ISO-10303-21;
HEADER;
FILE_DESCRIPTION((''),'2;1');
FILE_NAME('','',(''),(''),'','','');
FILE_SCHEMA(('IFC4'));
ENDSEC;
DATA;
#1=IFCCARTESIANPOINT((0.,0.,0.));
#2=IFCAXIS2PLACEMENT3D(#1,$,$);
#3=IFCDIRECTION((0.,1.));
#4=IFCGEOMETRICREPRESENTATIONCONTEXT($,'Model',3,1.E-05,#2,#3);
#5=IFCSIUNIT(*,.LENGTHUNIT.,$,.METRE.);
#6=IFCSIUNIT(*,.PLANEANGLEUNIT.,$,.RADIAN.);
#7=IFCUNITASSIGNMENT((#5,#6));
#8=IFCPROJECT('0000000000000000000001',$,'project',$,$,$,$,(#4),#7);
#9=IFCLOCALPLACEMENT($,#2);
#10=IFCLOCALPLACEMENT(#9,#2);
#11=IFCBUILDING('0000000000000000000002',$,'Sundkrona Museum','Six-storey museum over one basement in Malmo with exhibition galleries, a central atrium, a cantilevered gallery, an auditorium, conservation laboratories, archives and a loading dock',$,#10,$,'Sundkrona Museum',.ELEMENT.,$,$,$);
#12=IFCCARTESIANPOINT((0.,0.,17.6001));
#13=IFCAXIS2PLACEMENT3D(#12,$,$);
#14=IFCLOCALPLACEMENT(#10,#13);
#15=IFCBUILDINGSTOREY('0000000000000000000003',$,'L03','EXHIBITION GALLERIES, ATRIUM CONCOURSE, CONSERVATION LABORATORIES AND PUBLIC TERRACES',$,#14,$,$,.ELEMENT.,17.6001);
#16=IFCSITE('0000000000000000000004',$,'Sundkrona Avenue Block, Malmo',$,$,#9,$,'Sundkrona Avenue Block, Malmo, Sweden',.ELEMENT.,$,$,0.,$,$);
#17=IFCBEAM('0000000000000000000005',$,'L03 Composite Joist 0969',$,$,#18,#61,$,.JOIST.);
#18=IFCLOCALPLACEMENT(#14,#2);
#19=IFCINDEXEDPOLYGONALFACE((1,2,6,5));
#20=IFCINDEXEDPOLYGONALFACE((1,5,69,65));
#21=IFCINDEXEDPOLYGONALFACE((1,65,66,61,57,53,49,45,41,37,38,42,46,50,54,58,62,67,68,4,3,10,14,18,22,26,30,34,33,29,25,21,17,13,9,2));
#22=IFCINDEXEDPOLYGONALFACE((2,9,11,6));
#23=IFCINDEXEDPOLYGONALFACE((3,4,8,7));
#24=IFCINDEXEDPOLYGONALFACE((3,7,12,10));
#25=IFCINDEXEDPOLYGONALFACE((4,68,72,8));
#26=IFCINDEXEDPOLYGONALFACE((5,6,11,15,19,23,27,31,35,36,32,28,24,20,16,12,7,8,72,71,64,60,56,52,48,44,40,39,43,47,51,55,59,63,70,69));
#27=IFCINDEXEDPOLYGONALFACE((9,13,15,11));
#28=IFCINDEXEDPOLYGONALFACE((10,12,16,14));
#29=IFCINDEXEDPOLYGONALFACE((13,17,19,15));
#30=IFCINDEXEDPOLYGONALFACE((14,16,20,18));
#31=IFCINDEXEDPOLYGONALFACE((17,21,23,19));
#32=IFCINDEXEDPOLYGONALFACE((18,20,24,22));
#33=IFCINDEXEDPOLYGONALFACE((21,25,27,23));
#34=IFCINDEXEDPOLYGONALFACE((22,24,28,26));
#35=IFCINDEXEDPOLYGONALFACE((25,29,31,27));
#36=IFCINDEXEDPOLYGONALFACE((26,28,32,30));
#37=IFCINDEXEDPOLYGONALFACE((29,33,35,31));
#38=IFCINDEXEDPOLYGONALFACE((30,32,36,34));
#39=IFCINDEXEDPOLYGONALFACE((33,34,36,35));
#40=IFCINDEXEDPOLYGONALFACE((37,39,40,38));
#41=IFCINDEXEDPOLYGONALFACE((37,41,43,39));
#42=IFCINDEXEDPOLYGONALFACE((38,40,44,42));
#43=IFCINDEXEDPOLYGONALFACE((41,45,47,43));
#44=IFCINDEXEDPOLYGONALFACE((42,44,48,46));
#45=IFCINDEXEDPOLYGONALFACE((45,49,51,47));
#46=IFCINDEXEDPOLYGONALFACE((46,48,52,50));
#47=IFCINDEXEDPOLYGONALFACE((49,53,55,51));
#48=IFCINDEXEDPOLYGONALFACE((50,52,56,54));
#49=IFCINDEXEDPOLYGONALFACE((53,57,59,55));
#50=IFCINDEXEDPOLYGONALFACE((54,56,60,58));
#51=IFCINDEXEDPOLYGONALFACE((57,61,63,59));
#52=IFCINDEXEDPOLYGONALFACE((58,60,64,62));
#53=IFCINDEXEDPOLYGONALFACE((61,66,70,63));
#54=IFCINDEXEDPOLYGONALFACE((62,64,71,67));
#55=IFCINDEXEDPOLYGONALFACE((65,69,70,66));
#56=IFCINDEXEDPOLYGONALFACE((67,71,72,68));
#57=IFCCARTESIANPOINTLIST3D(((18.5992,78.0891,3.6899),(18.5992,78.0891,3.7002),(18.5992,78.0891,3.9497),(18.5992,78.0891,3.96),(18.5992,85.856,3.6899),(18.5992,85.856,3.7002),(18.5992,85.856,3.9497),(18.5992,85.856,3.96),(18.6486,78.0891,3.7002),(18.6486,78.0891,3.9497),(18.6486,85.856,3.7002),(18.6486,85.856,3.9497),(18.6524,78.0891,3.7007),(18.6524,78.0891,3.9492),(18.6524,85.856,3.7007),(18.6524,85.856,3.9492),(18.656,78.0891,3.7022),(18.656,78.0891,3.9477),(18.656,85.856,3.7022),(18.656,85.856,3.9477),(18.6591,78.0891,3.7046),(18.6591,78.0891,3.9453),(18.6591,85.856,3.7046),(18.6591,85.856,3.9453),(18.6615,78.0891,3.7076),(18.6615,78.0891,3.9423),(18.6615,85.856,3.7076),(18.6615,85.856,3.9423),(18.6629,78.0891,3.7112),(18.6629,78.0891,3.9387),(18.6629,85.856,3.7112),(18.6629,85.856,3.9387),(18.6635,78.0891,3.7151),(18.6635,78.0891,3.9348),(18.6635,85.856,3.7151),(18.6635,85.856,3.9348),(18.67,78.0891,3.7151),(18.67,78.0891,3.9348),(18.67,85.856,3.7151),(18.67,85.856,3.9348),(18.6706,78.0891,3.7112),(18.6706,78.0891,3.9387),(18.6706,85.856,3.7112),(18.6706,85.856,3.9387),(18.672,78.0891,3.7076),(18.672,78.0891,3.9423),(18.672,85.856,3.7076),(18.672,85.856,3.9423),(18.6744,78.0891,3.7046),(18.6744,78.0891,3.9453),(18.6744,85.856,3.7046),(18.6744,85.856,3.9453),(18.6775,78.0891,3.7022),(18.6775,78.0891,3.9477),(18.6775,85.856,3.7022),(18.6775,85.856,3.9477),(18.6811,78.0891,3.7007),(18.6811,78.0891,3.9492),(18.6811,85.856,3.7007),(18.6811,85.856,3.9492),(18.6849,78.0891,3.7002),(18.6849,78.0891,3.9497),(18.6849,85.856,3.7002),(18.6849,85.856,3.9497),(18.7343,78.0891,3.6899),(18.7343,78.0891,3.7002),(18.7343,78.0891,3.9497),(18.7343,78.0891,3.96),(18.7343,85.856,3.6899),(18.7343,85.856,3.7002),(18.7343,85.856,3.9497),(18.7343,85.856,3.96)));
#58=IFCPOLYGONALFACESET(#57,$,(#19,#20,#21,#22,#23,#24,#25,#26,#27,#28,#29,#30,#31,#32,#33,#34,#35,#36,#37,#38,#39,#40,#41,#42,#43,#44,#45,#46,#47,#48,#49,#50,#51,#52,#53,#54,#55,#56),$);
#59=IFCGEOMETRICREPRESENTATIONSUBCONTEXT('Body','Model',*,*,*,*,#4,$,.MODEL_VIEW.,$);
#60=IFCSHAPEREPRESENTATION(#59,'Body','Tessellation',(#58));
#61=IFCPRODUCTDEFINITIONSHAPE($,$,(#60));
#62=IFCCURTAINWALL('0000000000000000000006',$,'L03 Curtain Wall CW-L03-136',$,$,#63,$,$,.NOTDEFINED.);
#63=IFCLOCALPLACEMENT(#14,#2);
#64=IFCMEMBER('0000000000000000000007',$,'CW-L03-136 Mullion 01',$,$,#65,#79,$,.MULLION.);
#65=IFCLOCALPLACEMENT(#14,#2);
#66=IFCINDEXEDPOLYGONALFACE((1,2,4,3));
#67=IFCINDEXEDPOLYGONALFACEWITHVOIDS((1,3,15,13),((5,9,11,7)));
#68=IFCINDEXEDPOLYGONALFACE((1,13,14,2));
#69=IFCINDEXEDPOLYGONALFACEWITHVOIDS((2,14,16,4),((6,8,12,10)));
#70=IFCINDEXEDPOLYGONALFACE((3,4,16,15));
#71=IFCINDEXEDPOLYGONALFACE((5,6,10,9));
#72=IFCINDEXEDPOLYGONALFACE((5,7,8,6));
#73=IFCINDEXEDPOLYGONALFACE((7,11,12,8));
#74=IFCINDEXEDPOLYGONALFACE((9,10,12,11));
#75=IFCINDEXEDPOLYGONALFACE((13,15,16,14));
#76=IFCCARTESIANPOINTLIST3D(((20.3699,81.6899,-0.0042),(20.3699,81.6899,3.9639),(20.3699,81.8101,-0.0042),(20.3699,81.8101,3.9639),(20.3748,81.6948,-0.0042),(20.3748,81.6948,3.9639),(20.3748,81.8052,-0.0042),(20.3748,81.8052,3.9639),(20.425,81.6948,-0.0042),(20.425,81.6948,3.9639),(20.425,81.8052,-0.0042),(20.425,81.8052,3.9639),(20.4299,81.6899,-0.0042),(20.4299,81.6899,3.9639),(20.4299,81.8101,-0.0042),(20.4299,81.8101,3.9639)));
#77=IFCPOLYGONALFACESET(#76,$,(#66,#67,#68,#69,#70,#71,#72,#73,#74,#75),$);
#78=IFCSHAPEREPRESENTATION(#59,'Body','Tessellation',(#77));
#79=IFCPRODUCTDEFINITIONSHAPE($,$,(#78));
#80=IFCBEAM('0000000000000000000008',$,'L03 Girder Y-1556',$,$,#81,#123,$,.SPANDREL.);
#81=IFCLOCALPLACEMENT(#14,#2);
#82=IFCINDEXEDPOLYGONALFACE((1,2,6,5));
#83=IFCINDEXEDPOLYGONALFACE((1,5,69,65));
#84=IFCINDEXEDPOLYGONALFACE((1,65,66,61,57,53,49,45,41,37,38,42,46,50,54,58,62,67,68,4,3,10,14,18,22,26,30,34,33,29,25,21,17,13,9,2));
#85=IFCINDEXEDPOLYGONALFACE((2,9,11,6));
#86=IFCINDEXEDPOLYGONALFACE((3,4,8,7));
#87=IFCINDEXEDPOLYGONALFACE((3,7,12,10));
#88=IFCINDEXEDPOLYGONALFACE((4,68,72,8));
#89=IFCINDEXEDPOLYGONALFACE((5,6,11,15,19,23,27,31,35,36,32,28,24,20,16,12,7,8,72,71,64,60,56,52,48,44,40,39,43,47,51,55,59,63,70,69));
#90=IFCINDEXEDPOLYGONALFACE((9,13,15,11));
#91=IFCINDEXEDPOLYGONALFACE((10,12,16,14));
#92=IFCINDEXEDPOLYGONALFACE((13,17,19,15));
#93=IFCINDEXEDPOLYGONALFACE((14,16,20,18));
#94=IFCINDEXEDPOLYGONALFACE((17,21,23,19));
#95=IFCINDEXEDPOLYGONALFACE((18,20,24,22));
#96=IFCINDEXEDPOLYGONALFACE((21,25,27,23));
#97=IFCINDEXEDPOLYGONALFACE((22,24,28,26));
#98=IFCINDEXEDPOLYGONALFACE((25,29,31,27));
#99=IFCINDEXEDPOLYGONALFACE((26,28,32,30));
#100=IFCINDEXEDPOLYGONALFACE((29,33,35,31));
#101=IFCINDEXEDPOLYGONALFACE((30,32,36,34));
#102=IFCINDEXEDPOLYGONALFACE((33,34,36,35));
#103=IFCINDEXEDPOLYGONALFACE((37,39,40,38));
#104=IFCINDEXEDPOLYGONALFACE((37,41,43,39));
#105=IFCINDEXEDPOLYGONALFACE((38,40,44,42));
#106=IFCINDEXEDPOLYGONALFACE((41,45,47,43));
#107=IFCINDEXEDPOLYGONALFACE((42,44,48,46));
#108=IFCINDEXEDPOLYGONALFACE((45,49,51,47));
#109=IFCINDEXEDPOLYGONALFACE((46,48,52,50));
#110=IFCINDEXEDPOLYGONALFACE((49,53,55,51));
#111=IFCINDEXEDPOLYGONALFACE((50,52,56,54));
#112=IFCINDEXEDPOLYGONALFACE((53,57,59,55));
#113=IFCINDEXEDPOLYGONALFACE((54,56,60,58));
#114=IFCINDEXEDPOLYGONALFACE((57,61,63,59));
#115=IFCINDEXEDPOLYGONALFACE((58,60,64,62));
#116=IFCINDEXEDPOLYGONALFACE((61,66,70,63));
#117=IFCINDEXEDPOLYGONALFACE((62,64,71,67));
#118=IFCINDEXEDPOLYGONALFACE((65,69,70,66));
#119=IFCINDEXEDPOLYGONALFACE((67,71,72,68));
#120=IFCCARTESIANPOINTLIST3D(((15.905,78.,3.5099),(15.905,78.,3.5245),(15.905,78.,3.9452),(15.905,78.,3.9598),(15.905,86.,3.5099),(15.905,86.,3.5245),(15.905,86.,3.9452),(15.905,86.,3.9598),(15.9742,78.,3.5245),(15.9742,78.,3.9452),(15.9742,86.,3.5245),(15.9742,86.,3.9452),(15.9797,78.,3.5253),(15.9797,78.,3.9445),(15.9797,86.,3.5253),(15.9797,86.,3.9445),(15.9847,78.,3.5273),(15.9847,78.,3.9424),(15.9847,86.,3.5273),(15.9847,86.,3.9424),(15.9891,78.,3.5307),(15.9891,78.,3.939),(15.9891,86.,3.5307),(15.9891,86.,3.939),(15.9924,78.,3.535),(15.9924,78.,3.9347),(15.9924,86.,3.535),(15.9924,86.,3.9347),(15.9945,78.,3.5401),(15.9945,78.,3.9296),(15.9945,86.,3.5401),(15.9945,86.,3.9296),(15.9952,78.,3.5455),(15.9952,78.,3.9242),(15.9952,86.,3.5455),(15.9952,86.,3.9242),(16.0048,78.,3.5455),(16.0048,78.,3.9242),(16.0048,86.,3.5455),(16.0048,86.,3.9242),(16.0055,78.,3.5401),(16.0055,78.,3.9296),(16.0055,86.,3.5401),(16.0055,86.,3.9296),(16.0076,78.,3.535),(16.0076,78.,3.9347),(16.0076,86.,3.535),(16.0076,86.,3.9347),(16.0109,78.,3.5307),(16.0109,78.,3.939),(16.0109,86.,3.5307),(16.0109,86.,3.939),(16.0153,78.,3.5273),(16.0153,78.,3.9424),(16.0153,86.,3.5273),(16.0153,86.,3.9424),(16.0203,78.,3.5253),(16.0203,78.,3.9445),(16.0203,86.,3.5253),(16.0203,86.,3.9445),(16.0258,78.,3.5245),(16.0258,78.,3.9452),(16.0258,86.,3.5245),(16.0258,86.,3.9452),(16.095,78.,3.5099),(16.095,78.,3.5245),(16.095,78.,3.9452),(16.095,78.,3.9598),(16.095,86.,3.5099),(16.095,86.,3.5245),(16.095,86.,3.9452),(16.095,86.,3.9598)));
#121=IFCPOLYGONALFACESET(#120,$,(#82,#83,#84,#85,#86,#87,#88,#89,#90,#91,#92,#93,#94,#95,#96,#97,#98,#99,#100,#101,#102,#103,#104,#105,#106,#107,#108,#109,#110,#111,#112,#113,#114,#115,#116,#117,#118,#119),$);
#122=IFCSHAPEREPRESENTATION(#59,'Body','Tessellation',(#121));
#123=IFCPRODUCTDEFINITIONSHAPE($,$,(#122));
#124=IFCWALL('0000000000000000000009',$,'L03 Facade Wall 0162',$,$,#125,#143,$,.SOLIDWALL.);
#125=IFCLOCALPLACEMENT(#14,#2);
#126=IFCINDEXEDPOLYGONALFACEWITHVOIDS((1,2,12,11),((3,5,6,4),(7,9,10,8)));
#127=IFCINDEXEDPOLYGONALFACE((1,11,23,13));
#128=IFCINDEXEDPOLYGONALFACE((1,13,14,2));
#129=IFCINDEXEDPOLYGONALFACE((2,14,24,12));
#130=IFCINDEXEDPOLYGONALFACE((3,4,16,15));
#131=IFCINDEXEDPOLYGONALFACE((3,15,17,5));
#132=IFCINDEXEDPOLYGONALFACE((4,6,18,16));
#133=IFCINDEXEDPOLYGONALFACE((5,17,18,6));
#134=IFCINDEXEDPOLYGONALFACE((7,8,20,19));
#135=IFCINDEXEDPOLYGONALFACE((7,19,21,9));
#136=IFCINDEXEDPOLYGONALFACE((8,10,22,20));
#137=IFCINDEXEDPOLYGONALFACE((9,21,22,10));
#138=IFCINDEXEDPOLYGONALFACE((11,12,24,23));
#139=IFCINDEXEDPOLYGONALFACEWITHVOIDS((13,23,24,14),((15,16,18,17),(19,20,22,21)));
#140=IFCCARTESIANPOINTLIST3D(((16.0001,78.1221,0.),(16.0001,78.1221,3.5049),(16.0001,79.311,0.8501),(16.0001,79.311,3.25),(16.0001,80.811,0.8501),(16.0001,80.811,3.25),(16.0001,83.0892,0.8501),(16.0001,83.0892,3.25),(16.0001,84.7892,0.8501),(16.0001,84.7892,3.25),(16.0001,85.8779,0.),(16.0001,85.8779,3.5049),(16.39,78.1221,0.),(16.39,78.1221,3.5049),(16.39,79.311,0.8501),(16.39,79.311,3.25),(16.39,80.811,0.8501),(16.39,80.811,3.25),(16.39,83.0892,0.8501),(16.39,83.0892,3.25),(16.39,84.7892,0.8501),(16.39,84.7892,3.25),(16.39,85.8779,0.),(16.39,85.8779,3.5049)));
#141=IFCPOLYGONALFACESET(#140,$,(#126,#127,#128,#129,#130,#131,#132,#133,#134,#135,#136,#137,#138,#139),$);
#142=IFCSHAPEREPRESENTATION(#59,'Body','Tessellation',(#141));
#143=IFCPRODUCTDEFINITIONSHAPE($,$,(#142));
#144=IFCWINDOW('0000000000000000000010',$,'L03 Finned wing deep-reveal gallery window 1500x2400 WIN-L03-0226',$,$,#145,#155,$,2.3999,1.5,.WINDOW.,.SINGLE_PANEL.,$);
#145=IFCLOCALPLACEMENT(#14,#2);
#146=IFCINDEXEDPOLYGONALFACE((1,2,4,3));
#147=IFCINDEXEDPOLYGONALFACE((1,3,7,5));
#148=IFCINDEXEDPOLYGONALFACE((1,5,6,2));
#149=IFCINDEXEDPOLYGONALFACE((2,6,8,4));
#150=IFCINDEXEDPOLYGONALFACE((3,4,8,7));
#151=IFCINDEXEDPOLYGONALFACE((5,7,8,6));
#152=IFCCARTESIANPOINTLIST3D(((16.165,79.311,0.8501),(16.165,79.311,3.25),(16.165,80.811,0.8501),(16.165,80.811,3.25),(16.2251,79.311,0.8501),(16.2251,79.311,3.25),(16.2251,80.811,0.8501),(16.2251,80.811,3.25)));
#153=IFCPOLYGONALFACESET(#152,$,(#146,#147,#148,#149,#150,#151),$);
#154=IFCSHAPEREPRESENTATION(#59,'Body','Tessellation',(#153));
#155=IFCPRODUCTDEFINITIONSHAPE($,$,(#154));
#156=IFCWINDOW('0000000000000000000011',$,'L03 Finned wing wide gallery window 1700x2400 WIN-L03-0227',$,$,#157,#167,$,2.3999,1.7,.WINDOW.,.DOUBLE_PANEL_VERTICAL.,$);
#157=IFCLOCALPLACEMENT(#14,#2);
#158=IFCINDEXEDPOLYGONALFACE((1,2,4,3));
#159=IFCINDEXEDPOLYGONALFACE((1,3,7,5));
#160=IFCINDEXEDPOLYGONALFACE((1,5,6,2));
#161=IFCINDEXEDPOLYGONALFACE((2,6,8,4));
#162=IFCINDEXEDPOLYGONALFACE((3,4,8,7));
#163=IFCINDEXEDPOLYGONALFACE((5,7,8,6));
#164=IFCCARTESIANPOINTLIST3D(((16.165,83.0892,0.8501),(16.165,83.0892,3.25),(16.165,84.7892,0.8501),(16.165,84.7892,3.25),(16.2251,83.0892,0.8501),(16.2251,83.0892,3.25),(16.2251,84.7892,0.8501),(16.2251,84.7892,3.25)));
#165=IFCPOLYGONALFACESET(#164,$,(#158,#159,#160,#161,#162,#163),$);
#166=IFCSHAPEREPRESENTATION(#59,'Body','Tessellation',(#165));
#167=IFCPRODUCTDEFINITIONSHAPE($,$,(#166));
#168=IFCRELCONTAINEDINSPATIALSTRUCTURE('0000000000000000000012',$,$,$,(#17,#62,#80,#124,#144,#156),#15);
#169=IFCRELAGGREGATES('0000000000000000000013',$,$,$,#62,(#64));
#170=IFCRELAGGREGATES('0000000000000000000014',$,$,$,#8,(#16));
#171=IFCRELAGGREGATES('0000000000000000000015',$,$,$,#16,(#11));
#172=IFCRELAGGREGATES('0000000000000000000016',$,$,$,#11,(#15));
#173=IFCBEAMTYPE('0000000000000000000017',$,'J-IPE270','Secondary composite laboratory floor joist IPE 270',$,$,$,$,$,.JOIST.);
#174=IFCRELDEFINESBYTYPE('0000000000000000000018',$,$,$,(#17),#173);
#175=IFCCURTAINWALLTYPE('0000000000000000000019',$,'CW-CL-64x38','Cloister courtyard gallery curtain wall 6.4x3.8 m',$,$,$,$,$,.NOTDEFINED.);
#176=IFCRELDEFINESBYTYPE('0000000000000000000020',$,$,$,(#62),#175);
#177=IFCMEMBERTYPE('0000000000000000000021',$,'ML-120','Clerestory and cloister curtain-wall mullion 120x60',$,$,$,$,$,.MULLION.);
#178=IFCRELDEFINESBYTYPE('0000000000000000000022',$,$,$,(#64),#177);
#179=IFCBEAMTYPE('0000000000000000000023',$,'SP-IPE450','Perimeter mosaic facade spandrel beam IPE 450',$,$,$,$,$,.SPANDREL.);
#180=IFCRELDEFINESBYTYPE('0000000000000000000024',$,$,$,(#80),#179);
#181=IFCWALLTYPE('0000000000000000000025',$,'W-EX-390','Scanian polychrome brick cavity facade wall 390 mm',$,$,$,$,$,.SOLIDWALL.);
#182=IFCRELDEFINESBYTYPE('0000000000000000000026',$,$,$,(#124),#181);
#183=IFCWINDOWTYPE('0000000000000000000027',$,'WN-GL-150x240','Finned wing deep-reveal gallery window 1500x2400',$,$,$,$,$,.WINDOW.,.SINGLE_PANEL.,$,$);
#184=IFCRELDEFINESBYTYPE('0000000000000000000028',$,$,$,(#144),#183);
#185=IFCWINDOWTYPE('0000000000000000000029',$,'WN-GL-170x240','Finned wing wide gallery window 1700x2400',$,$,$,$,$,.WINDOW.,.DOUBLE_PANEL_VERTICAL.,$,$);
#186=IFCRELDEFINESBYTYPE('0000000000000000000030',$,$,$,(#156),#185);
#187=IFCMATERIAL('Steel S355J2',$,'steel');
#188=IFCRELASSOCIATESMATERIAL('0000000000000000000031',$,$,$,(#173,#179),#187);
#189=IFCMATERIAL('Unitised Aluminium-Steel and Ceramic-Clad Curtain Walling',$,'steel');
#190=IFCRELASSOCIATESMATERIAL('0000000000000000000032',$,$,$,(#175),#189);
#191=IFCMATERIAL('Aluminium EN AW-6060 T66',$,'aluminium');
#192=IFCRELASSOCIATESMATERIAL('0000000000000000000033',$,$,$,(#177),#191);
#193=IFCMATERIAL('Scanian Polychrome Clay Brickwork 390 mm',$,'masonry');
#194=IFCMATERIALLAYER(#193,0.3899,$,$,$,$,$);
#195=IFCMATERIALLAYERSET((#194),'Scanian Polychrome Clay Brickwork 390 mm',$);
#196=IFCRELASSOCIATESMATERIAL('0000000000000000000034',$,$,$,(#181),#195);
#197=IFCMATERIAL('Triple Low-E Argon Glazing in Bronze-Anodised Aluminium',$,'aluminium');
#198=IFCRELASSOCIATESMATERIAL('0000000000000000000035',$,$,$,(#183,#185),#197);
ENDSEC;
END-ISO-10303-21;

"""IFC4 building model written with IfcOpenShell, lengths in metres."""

from ifc_helpers import new_model, si_unit, direction, frame, frame_2d, origin, origin_2d, place, context, subcontext, project, spatial, rectangle, hollow_rectangle, i_section, extrude, material, layer, layer_set, material_profile, profile_set, type_object, element, fill, aggregate, save


model = new_model("IFC4")

# Units and contexts
model_context = context("Model", 3, precision=1e-05, world=origin(), true_north=direction((0.0, 1.0)))
body_context = subcontext(model_context, "Body", "Model", "MODEL_VIEW")
ifc_project = project(units=[si_unit("LENGTHUNIT", "METRE"), si_unit("PLANEANGLEUNIT", "RADIAN")], contexts=[model_context])

# Site, building, storey
site_placement = place(None, origin())
site = spatial("IfcSite", under=ifc_project, at=site_placement, Name="Sundkrona Avenue Block, Malmo", LongName="Sundkrona Avenue Block, Malmo, Sweden", CompositionType="ELEMENT", RefElevation=0.0)
building_placement = place(site_placement, origin())
building = spatial("IfcBuilding", under=site, at=building_placement, Name="Sundkrona Museum", Description="Six-storey museum over one basement in Malmo with exhibition galleries, a central atrium, a cantilevered gallery, an auditorium, conservation laboratories, archives and a loading dock", LongName="Sundkrona Museum", CompositionType="ELEMENT")
storey_placement = place(building_placement, frame((0.0, 0.0, 17.6001)))
storey = spatial("IfcBuildingStorey", under=building, at=storey_placement, Name="L03", Description="EXHIBITION GALLERIES, ATRIUM CONCOURSE, CONSERVATION LABORATORIES AND PUBLIC TERRACES", CompositionType="ELEMENT", Elevation=17.6001)

# Beam
ifc_material_1 = material(Name="Steel S355J2", Category="steel")
ifc_material_profile_1 = material_profile(ifc_material_1, i_section(OverallWidth=0.135, OverallDepth=0.27, WebThickness=0.0066, FlangeThickness=0.0103, FilletRadius=0.0149, at=origin_2d()), Name="IPE 270")
ifc_profile_set_1 = profile_set([ifc_material_profile_1], Name="Steel S355J2")
beam_type_1 = type_object("IfcBeamType", Name="J-IPE270", Description="Secondary composite laboratory floor joist IPE 270", PredefinedType="JOIST", material=ifc_profile_set_1)
beam_1_placement = place(storey_placement, frame((18.6667, 78.0891, 3.825), z_axis=(0.0, 1.0, 0.0), x_axis=(-1.0, 0.0, 0.0)))
element("IfcBeam", 1, at=beam_1_placement, inside=storey, type_object=beam_type_1, Name="L03 Composite Joist 0969", PredefinedType="JOIST", context=body_context, shape_type="SweptSolid", body=[
    extrude(i_section(OverallWidth=0.135, OverallDepth=0.27, WebThickness=0.0066, FlangeThickness=0.0103, FilletRadius=0.0149, at=origin_2d()), origin(), (0.0, 0.0, 1.0), 7.7668),
])

# Curtain wall, member
ifc_material_2 = material(Name="Unitised Aluminium-Steel and Ceramic-Clad Curtain Walling", Category="steel")
curtain_wall_type = type_object("IfcCurtainWallType", Name="CW-CL-64x38", Description="Cloister courtyard gallery curtain wall 6.4x3.8 m", PredefinedType="NOTDEFINED", material=ifc_material_2)
curtain_wall_placement = place(storey_placement, origin())
curtain_wall = element("IfcCurtainWall", 2, at=curtain_wall_placement, inside=storey, type_object=curtain_wall_type, Name="L03 Curtain Wall CW-L03-136", PredefinedType="NOTDEFINED")
ifc_material_3 = material(Name="Aluminium EN AW-6060 T66", Category="aluminium")
ifc_material_profile_2 = material_profile(ifc_material_3, hollow_rectangle(XDim=0.0601, YDim=0.1201, WallThickness=0.0049, at=origin_2d()), Name="RHS 120x60x5.0")
ifc_profile_set_2 = profile_set([ifc_material_profile_2], Name="Aluminium EN AW-6060 T66")
member_type = type_object("IfcMemberType", Name="ML-120", Description="Clerestory and cloister curtain-wall mullion 120x60", PredefinedType="MULLION", material=ifc_profile_set_2)
member_placement = place(storey_placement, frame((20.3999, 81.75, -0.0042), z_axis=(0.0, 0.0, 1.0), x_axis=(1.0, 0.0, 0.0)))
member = element("IfcMember", 3, at=member_placement, type_object=member_type, Name="CW-L03-136 Mullion 01", PredefinedType="MULLION", context=body_context, shape_type="SweptSolid", body=[
    extrude(hollow_rectangle(XDim=0.0601, YDim=0.1201, WallThickness=0.0049, at=origin_2d()), origin(), (0.0, 0.0, 1.0), 3.968),
])
aggregate(curtain_wall, [member])

# Beam
ifc_material_profile_3 = material_profile(ifc_material_1, i_section(OverallWidth=0.1899, OverallDepth=0.45, WebThickness=0.0095, FlangeThickness=0.0146, FilletRadius=0.021, at=origin_2d()), Name="IPE 450")
ifc_profile_set_3 = profile_set([ifc_material_profile_3], Name="Steel S355J2")
beam_type_2 = type_object("IfcBeamType", Name="SP-IPE450", Description="Perimeter mosaic facade spandrel beam IPE 450", PredefinedType="SPANDREL", material=ifc_profile_set_3)
beam_2_placement = place(storey_placement, frame((16.0, 78.0, 3.7349), z_axis=(0.0, 1.0, 0.0), x_axis=(-1.0, 0.0, 0.0)))
element("IfcBeam", 4, at=beam_2_placement, inside=storey, type_object=beam_type_2, Name="L03 Girder Y-1556", PredefinedType="SPANDREL", context=body_context, shape_type="SweptSolid", body=[
    extrude(i_section(OverallWidth=0.1899, OverallDepth=0.45, WebThickness=0.0095, FlangeThickness=0.0146, FilletRadius=0.021, at=origin_2d()), origin(), (0.0, 0.0, 1.0), 8.0),
])

# Wall, openings, windows
ifc_material_4 = material(Name="Scanian Polychrome Clay Brickwork 390 mm", Category="masonry")
ifc_layer_1 = layer(ifc_material_4, 0.3899)
ifc_layer_set_1 = layer_set([ifc_layer_1], Name="Scanian Polychrome Clay Brickwork 390 mm")
wall_type = type_object("IfcWallType", Name="W-EX-390", Description="Scanian polychrome brick cavity facade wall 390 mm", PredefinedType="SOLIDWALL", material=ifc_layer_set_1)
wall_placement = place(storey_placement, frame((16.1951, 78.1221, 0.0), z_axis=(0.0, 0.0, 1.0), x_axis=(0.0, 1.0, 0.0)))
wall = element("IfcWall", 5, at=wall_placement, inside=storey, type_object=wall_type, Name="L03 Facade Wall 0162", PredefinedType="SOLIDWALL", context=body_context, shape_type="SweptSolid", body=[
    extrude(rectangle(XDim=7.7559, YDim=0.3899, at=frame_2d((3.8779, 0.0))), origin(), (0.0, 0.0, 1.0), 3.5049),
])
opening_1_placement = place(wall_placement, frame((1.189, 0.0, 0.8501)))
opening_1 = element("IfcOpeningElement", 6, at=opening_1_placement, cuts=wall, PredefinedType="OPENING", context=body_context, shape_type="SweptSolid", body=[
    extrude(rectangle(XDim=1.5, YDim=2.3999, at=frame_2d((0.75, 1.2))), frame((0.0, 0.2048, 0.0), z_axis=(0.0, -1.0, 0.0), x_axis=(1.0, 0.0, 0.0)), (0.0, 0.0, 1.0), 0.4099),
])
opening_2_placement = place(wall_placement, frame((4.967, 0.0, 0.8501)))
opening_2 = element("IfcOpeningElement", 7, at=opening_2_placement, cuts=wall, PredefinedType="OPENING", context=body_context, shape_type="SweptSolid", body=[
    extrude(rectangle(XDim=1.7, YDim=2.3999, at=frame_2d((0.8501, 1.2))), frame((0.0, 0.2048, 0.0), z_axis=(0.0, -1.0, 0.0), x_axis=(1.0, 0.0, 0.0)), (0.0, 0.0, 1.0), 0.4099),
])
ifc_material_5 = material(Name="Triple Low-E Argon Glazing in Bronze-Anodised Aluminium", Category="aluminium")
window_type_1 = type_object("IfcWindowType", Name="WN-GL-150x240", Description="Finned wing deep-reveal gallery window 1500x2400", PartitioningType="SINGLE_PANEL", PredefinedType="WINDOW", material=ifc_material_5)
window_1_placement = place(opening_1_placement, origin())
window_1 = element("IfcWindow", 8, at=window_1_placement, inside=storey, type_object=window_type_1, Name="L03 Finned wing deep-reveal gallery window 1500x2400 WIN-L03-0226", OverallHeight=2.3999, OverallWidth=1.5, PartitioningType="SINGLE_PANEL", PredefinedType="WINDOW", context=body_context, shape_type="SweptSolid", body=[
    extrude(rectangle(XDim=1.5, YDim=2.3999, at=frame_2d((0.75, 1.2))), frame((0.0, 0.03, 0.0), z_axis=(0.0, -1.0, 0.0), x_axis=(1.0, 0.0, 0.0)), (0.0, 0.0, 1.0), 0.0601),
])
fill(opening_1, window_1)
window_type_2 = type_object("IfcWindowType", Name="WN-GL-170x240", Description="Finned wing wide gallery window 1700x2400", PartitioningType="DOUBLE_PANEL_VERTICAL", PredefinedType="WINDOW", material=ifc_material_5)
window_2_placement = place(opening_2_placement, origin())
window_2 = element("IfcWindow", 9, at=window_2_placement, inside=storey, type_object=window_type_2, Name="L03 Finned wing wide gallery window 1700x2400 WIN-L03-0227", OverallHeight=2.3999, OverallWidth=1.7, PartitioningType="DOUBLE_PANEL_VERTICAL", PredefinedType="WINDOW", context=body_context, shape_type="SweptSolid", body=[
    extrude(rectangle(XDim=1.7, YDim=2.3999, at=frame_2d((0.8501, 1.2))), frame((0.0, 0.03, 0.0), z_axis=(0.0, -1.0, 0.0), x_axis=(1.0, 0.0, 0.0)), (0.0, 0.0, 1.0), 0.0601),
])
fill(opening_2, window_2)

save(model, "model.ifc")
